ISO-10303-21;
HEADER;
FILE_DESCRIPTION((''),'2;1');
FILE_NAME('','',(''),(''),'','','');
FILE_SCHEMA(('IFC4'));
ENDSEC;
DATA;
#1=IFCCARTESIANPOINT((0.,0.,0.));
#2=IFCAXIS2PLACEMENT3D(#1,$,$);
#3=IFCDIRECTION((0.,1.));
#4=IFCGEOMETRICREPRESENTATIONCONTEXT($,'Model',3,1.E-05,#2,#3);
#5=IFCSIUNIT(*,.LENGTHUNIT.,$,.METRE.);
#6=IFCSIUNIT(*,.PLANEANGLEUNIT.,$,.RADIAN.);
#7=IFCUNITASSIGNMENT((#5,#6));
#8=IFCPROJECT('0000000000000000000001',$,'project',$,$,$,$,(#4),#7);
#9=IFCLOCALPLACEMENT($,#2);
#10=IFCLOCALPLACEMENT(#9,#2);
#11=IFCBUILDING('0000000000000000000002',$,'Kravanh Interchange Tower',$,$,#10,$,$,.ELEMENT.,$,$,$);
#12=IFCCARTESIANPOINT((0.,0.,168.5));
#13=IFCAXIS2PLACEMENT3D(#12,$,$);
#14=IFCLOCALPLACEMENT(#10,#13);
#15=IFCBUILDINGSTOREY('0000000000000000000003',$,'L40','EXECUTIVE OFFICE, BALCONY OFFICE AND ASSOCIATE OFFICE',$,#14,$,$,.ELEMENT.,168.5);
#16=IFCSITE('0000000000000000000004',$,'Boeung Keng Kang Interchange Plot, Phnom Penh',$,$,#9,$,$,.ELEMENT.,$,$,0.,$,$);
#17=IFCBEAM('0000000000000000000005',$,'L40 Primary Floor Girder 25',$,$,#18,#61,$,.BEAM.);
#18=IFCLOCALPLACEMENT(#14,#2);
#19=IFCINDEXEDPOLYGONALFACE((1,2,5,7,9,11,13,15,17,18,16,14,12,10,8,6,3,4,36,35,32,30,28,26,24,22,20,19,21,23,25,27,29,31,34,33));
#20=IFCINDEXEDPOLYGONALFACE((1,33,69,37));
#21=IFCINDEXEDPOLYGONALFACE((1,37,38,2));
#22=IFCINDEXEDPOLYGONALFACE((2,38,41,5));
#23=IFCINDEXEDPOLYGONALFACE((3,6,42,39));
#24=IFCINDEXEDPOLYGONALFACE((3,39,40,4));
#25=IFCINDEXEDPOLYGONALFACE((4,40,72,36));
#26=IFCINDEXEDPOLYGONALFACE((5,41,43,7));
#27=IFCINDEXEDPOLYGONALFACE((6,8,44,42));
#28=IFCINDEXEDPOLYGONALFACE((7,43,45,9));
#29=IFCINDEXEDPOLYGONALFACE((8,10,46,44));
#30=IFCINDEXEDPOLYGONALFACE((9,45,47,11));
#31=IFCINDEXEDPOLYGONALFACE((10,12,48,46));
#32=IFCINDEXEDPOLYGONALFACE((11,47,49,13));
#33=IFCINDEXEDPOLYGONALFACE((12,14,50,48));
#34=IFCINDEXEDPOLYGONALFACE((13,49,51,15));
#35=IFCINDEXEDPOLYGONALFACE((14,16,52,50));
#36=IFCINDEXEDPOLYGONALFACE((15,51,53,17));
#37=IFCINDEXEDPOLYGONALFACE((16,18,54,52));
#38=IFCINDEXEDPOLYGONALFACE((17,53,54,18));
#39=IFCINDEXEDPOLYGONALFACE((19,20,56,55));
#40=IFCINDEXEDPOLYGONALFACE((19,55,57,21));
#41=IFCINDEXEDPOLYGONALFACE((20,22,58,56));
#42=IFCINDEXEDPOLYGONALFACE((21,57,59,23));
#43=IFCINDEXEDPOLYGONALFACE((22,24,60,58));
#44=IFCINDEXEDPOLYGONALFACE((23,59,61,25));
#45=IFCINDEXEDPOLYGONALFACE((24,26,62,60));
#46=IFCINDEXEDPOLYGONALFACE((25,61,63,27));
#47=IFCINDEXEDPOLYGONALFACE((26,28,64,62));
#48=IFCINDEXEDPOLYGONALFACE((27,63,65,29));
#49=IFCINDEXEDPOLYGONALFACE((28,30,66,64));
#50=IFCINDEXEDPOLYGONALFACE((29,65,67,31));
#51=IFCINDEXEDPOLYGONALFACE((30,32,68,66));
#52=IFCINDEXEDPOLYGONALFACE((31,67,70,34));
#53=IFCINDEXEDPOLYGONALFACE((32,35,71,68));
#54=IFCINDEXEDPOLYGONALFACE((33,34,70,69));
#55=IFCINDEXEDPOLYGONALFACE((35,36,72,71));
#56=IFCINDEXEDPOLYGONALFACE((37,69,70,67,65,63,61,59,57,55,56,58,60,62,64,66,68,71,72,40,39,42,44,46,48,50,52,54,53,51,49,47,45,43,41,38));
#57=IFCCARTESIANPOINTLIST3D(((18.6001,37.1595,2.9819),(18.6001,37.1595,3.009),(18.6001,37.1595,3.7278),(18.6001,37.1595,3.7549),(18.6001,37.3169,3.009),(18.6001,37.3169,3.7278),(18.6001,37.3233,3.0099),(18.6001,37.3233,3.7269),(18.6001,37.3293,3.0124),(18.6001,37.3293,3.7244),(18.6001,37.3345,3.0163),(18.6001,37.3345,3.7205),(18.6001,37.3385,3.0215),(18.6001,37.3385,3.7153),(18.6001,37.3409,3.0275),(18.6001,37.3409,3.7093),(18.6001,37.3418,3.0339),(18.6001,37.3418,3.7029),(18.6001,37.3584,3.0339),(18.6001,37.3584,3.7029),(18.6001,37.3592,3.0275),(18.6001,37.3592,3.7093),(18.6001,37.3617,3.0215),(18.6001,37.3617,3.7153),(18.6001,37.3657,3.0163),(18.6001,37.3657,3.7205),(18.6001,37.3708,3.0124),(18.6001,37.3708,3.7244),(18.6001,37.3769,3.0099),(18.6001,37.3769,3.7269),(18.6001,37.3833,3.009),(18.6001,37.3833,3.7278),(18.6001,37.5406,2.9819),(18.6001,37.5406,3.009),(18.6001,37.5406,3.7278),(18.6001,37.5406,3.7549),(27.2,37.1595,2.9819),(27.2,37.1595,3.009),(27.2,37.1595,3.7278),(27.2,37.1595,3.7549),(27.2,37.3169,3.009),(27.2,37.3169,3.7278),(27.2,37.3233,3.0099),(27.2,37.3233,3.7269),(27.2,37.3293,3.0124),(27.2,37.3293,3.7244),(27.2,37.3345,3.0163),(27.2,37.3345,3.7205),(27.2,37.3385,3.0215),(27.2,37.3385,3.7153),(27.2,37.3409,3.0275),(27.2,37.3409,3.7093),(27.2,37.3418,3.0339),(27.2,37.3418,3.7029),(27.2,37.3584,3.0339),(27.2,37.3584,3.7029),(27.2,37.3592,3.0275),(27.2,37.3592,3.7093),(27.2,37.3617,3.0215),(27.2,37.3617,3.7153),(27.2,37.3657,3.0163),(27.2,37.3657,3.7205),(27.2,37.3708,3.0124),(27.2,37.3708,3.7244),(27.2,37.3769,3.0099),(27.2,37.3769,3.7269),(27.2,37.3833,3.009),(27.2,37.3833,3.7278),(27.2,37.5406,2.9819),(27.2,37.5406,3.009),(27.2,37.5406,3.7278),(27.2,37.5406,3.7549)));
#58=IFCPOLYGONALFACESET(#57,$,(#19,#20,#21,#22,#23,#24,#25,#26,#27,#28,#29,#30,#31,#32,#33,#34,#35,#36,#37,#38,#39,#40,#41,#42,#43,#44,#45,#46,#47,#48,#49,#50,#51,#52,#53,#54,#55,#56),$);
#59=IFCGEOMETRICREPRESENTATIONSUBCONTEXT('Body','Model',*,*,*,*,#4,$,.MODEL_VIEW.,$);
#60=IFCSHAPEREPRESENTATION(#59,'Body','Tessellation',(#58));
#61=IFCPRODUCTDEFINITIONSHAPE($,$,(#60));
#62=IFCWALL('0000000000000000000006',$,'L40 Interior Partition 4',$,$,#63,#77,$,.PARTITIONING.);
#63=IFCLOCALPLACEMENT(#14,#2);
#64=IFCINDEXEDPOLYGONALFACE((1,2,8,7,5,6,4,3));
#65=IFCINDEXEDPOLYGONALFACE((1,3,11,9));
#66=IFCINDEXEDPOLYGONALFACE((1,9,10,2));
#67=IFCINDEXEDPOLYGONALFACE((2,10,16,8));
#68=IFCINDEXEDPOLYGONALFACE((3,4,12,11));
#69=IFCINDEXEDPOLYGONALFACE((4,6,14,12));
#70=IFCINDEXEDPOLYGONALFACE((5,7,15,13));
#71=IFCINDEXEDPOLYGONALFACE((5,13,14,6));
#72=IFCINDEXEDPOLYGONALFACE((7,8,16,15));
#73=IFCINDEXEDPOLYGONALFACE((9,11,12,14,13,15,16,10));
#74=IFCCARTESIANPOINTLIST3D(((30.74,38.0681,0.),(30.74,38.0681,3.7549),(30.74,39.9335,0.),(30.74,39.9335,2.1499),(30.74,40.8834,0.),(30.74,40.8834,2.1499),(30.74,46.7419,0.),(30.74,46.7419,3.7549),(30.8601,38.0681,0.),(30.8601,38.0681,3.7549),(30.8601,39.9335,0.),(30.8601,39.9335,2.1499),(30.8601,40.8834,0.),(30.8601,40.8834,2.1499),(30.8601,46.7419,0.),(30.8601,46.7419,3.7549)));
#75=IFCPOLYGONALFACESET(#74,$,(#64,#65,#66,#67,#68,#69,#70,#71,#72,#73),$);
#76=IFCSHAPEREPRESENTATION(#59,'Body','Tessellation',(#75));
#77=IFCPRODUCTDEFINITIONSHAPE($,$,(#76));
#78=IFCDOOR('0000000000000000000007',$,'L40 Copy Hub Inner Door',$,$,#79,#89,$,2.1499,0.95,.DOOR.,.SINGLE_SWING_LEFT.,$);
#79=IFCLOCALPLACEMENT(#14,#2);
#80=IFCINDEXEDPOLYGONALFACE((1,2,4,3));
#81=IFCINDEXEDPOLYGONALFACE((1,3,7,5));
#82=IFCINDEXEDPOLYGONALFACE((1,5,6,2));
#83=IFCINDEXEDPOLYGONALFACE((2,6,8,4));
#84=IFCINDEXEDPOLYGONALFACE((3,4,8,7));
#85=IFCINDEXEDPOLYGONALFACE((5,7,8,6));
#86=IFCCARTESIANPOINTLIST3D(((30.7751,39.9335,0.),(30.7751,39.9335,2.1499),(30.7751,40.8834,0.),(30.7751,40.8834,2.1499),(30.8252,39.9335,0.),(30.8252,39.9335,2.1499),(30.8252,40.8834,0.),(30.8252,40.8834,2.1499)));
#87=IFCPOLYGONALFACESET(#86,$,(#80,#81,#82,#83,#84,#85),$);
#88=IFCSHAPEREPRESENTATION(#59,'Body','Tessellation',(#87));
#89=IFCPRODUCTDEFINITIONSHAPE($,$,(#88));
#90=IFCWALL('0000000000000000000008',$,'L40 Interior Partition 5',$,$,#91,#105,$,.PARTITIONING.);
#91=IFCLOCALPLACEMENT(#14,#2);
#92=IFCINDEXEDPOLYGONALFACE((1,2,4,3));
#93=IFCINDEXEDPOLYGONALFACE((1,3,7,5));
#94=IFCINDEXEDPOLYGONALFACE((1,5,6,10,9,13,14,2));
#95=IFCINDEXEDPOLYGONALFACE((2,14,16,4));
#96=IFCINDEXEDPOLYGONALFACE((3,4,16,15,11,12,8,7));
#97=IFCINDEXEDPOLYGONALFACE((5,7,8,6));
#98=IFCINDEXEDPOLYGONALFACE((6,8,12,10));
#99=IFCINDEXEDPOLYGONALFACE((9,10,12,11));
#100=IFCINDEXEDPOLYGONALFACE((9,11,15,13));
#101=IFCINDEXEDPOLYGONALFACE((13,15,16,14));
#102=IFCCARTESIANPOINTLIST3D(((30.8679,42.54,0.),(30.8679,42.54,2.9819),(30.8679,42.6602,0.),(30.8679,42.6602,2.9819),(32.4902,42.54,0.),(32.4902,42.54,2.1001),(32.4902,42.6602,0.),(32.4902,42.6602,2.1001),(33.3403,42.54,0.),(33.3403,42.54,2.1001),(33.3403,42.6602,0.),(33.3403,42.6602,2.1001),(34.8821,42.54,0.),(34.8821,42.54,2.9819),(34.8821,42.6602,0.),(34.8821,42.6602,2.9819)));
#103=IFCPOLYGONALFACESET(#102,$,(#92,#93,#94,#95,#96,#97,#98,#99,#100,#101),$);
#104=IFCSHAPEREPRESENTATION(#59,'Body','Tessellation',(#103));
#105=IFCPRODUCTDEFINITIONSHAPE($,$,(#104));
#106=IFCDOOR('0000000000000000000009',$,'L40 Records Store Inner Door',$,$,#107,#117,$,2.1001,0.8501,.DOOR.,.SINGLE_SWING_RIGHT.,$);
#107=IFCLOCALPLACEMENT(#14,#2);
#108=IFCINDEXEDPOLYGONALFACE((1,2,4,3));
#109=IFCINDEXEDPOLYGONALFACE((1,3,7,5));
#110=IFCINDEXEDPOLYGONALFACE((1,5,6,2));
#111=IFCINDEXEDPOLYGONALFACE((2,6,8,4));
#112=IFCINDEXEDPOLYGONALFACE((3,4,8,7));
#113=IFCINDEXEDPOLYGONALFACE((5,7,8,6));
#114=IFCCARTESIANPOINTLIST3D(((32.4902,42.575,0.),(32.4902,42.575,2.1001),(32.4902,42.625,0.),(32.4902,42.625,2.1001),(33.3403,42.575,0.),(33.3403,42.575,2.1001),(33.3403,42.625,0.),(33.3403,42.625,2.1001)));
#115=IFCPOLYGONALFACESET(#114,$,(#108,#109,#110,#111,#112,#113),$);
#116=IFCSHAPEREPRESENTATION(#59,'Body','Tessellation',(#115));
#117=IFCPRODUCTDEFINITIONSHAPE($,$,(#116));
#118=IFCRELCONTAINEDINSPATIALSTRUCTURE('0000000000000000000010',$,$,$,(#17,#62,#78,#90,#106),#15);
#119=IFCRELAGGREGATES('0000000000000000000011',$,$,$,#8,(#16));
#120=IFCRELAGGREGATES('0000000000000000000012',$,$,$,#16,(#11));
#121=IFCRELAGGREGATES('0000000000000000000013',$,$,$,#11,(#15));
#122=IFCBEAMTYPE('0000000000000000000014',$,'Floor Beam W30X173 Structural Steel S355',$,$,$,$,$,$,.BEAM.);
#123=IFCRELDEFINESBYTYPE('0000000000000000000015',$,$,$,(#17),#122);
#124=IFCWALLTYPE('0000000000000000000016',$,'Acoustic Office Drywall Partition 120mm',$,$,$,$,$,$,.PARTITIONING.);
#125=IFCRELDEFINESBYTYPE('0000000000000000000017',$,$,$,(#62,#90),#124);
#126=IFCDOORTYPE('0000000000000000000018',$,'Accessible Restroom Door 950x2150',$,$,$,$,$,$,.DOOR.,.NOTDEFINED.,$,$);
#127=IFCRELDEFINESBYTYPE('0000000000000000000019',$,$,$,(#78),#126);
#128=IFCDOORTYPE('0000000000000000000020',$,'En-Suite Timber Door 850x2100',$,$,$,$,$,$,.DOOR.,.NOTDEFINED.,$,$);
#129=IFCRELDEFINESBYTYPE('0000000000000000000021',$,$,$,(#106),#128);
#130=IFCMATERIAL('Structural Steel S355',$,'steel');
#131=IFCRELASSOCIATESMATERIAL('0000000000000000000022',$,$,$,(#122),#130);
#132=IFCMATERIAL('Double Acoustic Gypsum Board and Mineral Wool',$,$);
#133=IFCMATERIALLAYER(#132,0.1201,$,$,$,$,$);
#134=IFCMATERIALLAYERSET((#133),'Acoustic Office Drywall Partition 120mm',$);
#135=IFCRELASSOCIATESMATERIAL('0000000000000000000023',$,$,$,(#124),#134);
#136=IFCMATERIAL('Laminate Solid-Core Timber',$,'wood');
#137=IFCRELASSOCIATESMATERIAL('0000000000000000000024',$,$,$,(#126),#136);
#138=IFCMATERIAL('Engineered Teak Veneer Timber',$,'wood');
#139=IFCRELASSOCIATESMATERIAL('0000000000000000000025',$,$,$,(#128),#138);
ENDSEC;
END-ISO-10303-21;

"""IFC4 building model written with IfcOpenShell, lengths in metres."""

from ifc_helpers import new_model, si_unit, direction, frame, frame_2d, origin, origin_2d, place, context, subcontext, project, spatial, rectangle, i_section, extrude, material, layer, layer_set, material_profile, profile_set, type_object, element, fill, save


model = new_model("IFC4")

# Units and contexts
model_context = context("Model", 3, precision=1e-05, world=origin(), true_north=direction((0.0, 1.0)))
body_context = subcontext(model_context, "Body", "Model", "MODEL_VIEW")
ifc_project = project(units=[si_unit("LENGTHUNIT", "METRE"), si_unit("PLANEANGLEUNIT", "RADIAN")], contexts=[model_context])

# Site, building, storey
site_placement = place(None, origin())
site = spatial("IfcSite", under=ifc_project, at=site_placement, Name="Boeung Keng Kang Interchange Plot, Phnom Penh", CompositionType="ELEMENT", RefElevation=0.0)
building_placement = place(site_placement, origin())
building = spatial("IfcBuilding", under=site, at=building_placement, Name="Kravanh Interchange Tower", CompositionType="ELEMENT")
storey_placement = place(building_placement, frame((0.0, 0.0, 168.5)))
storey = spatial("IfcBuildingStorey", under=building, at=storey_placement, Name="L40", Description="EXECUTIVE OFFICE, BALCONY OFFICE AND ASSOCIATE OFFICE", CompositionType="ELEMENT", Elevation=168.5)

# Beam
ifc_material_1 = material(Name="Structural Steel S355", Category="steel")
ifc_material_profile_1 = material_profile(ifc_material_1, i_section(OverallWidth=0.3811, OverallDepth=0.7729, WebThickness=0.0166, FlangeThickness=0.0271, FilletRadius=0.0249, at=origin_2d()), Name="W30X173")
ifc_profile_set_1 = profile_set([ifc_material_profile_1], Name="Structural Steel S355")
beam_type = type_object("IfcBeamType", Name="Floor Beam W30X173 Structural Steel S355", PredefinedType="BEAM", material=ifc_profile_set_1)
beam_1_placement = place(storey_placement, frame((27.2, 37.3501, 3.3684), z_axis=(-1.0, 0.0, 0.0), x_axis=(0.0, -1.0, 0.0)))
element("IfcBeam", 1, at=beam_1_placement, inside=storey, type_object=beam_type, Name="L40 Primary Floor Girder 25", PredefinedType="BEAM", context=body_context, shape_type="SweptSolid", body=[
    extrude(i_section(OverallWidth=0.3811, OverallDepth=0.7729, WebThickness=0.0166, FlangeThickness=0.0271, FilletRadius=0.0249, at=origin_2d()), origin(), (0.0, 0.0, 1.0), 8.5999),
])

# Walls, openings, doors
ifc_material_2 = material(Name="Double Acoustic Gypsum Board and Mineral Wool")
ifc_layer_1 = layer(ifc_material_2, 0.1201)
ifc_layer_set_1 = layer_set([ifc_layer_1], Name="Acoustic Office Drywall Partition 120mm")
wall_type_1 = type_object("IfcWallType", Name="Acoustic Office Drywall Partition 120mm", PredefinedType="PARTITIONING", material=ifc_layer_set_1)
wall_1_placement = place(storey_placement, frame((30.8, 38.0681, 0.0), z_axis=(0.0, 0.0, 1.0), x_axis=(0.0, 1.0, 0.0)))
wall_1 = element("IfcWall", 2, at=wall_1_placement, inside=storey, type_object=wall_type_1, Name="L40 Interior Partition 4", PredefinedType="PARTITIONING", context=body_context, shape_type="SweptSolid", body=[
    extrude(rectangle(XDim=8.6738, YDim=0.1201, at=frame_2d((4.3369, 0.0))), origin(), (0.0, 0.0, 1.0), 3.7549),
])
opening_1_placement = place(wall_1_placement, frame((1.8652, 0.0, 0.0)))
opening_1 = element("IfcOpeningElement", 3, at=opening_1_placement, cuts=wall_1, PredefinedType="OPENING", context=body_context, shape_type="SweptSolid", body=[
    extrude(rectangle(XDim=0.95, YDim=2.1499, at=frame_2d((0.4751, 1.075))), frame((0.0, 0.0701, 0.0), z_axis=(0.0, -1.0, 0.0), x_axis=(1.0, 0.0, 0.0)), (0.0, 0.0, 1.0), 0.1401),
])
ifc_material_3 = material(Name="Laminate Solid-Core Timber", Category="wood")
door_type_1 = type_object("IfcDoorType", Name="Accessible Restroom Door 950x2150", OperationType="NOTDEFINED", PredefinedType="DOOR", material=ifc_material_3)
door_1_placement = place(opening_1_placement, origin())
door_1 = element("IfcDoor", 4, at=door_1_placement, inside=storey, type_object=door_type_1, Name="L40 Copy Hub Inner Door", OperationType="SINGLE_SWING_LEFT", OverallHeight=2.1499, OverallWidth=0.95, PredefinedType="DOOR", context=body_context, shape_type="SweptSolid", body=[
    extrude(rectangle(XDim=0.95, YDim=2.1499, at=frame_2d((0.4751, 1.075))), frame((0.0, 0.0249, 0.0), z_axis=(0.0, -1.0, 0.0), x_axis=(1.0, 0.0, 0.0)), (0.0, 0.0, 1.0), 0.05),
])
fill(opening_1, door_1)
wall_2_placement = place(storey_placement, frame((30.8679, 42.6001, 0.0), z_axis=(0.0, 0.0, 1.0), x_axis=(1.0, 0.0, 0.0)))
wall_2 = element("IfcWall", 5, at=wall_2_placement, inside=storey, type_object=wall_type_1, Name="L40 Interior Partition 5", PredefinedType="PARTITIONING", context=body_context, shape_type="SweptSolid", body=[
    extrude(rectangle(XDim=4.0142, YDim=0.1201, at=frame_2d((2.0071, 0.0))), origin(), (0.0, 0.0, 1.0), 2.9819),
])
opening_2_placement = place(wall_2_placement, frame((1.6223, 0.0, 0.0)))
opening_2 = element("IfcOpeningElement", 6, at=opening_2_placement, cuts=wall_2, PredefinedType="OPENING", context=body_context, shape_type="SweptSolid", body=[
    extrude(rectangle(XDim=0.8501, YDim=2.1001, at=frame_2d((0.425, 1.05))), frame((0.0, 0.0701, 0.0), z_axis=(0.0, -1.0, 0.0), x_axis=(1.0, 0.0, 0.0)), (0.0, 0.0, 1.0), 0.1401),
])
ifc_material_4 = material(Name="Engineered Teak Veneer Timber", Category="wood")
door_type_2 = type_object("IfcDoorType", Name="En-Suite Timber Door 850x2100", OperationType="NOTDEFINED", PredefinedType="DOOR", material=ifc_material_4)
door_2_placement = place(opening_2_placement, origin())
door_2 = element("IfcDoor", 7, at=door_2_placement, inside=storey, type_object=door_type_2, Name="L40 Records Store Inner Door", OperationType="SINGLE_SWING_RIGHT", OverallHeight=2.1001, OverallWidth=0.8501, PredefinedType="DOOR", context=body_context, shape_type="SweptSolid", body=[
    extrude(rectangle(XDim=0.8501, YDim=2.1001, at=frame_2d((0.425, 1.05))), frame((0.0, 0.0249, 0.0), z_axis=(0.0, -1.0, 0.0), x_axis=(1.0, 0.0, 0.0)), (0.0, 0.0, 1.0), 0.05),
])
fill(opening_2, door_2)

save(model, "model.ifc")
